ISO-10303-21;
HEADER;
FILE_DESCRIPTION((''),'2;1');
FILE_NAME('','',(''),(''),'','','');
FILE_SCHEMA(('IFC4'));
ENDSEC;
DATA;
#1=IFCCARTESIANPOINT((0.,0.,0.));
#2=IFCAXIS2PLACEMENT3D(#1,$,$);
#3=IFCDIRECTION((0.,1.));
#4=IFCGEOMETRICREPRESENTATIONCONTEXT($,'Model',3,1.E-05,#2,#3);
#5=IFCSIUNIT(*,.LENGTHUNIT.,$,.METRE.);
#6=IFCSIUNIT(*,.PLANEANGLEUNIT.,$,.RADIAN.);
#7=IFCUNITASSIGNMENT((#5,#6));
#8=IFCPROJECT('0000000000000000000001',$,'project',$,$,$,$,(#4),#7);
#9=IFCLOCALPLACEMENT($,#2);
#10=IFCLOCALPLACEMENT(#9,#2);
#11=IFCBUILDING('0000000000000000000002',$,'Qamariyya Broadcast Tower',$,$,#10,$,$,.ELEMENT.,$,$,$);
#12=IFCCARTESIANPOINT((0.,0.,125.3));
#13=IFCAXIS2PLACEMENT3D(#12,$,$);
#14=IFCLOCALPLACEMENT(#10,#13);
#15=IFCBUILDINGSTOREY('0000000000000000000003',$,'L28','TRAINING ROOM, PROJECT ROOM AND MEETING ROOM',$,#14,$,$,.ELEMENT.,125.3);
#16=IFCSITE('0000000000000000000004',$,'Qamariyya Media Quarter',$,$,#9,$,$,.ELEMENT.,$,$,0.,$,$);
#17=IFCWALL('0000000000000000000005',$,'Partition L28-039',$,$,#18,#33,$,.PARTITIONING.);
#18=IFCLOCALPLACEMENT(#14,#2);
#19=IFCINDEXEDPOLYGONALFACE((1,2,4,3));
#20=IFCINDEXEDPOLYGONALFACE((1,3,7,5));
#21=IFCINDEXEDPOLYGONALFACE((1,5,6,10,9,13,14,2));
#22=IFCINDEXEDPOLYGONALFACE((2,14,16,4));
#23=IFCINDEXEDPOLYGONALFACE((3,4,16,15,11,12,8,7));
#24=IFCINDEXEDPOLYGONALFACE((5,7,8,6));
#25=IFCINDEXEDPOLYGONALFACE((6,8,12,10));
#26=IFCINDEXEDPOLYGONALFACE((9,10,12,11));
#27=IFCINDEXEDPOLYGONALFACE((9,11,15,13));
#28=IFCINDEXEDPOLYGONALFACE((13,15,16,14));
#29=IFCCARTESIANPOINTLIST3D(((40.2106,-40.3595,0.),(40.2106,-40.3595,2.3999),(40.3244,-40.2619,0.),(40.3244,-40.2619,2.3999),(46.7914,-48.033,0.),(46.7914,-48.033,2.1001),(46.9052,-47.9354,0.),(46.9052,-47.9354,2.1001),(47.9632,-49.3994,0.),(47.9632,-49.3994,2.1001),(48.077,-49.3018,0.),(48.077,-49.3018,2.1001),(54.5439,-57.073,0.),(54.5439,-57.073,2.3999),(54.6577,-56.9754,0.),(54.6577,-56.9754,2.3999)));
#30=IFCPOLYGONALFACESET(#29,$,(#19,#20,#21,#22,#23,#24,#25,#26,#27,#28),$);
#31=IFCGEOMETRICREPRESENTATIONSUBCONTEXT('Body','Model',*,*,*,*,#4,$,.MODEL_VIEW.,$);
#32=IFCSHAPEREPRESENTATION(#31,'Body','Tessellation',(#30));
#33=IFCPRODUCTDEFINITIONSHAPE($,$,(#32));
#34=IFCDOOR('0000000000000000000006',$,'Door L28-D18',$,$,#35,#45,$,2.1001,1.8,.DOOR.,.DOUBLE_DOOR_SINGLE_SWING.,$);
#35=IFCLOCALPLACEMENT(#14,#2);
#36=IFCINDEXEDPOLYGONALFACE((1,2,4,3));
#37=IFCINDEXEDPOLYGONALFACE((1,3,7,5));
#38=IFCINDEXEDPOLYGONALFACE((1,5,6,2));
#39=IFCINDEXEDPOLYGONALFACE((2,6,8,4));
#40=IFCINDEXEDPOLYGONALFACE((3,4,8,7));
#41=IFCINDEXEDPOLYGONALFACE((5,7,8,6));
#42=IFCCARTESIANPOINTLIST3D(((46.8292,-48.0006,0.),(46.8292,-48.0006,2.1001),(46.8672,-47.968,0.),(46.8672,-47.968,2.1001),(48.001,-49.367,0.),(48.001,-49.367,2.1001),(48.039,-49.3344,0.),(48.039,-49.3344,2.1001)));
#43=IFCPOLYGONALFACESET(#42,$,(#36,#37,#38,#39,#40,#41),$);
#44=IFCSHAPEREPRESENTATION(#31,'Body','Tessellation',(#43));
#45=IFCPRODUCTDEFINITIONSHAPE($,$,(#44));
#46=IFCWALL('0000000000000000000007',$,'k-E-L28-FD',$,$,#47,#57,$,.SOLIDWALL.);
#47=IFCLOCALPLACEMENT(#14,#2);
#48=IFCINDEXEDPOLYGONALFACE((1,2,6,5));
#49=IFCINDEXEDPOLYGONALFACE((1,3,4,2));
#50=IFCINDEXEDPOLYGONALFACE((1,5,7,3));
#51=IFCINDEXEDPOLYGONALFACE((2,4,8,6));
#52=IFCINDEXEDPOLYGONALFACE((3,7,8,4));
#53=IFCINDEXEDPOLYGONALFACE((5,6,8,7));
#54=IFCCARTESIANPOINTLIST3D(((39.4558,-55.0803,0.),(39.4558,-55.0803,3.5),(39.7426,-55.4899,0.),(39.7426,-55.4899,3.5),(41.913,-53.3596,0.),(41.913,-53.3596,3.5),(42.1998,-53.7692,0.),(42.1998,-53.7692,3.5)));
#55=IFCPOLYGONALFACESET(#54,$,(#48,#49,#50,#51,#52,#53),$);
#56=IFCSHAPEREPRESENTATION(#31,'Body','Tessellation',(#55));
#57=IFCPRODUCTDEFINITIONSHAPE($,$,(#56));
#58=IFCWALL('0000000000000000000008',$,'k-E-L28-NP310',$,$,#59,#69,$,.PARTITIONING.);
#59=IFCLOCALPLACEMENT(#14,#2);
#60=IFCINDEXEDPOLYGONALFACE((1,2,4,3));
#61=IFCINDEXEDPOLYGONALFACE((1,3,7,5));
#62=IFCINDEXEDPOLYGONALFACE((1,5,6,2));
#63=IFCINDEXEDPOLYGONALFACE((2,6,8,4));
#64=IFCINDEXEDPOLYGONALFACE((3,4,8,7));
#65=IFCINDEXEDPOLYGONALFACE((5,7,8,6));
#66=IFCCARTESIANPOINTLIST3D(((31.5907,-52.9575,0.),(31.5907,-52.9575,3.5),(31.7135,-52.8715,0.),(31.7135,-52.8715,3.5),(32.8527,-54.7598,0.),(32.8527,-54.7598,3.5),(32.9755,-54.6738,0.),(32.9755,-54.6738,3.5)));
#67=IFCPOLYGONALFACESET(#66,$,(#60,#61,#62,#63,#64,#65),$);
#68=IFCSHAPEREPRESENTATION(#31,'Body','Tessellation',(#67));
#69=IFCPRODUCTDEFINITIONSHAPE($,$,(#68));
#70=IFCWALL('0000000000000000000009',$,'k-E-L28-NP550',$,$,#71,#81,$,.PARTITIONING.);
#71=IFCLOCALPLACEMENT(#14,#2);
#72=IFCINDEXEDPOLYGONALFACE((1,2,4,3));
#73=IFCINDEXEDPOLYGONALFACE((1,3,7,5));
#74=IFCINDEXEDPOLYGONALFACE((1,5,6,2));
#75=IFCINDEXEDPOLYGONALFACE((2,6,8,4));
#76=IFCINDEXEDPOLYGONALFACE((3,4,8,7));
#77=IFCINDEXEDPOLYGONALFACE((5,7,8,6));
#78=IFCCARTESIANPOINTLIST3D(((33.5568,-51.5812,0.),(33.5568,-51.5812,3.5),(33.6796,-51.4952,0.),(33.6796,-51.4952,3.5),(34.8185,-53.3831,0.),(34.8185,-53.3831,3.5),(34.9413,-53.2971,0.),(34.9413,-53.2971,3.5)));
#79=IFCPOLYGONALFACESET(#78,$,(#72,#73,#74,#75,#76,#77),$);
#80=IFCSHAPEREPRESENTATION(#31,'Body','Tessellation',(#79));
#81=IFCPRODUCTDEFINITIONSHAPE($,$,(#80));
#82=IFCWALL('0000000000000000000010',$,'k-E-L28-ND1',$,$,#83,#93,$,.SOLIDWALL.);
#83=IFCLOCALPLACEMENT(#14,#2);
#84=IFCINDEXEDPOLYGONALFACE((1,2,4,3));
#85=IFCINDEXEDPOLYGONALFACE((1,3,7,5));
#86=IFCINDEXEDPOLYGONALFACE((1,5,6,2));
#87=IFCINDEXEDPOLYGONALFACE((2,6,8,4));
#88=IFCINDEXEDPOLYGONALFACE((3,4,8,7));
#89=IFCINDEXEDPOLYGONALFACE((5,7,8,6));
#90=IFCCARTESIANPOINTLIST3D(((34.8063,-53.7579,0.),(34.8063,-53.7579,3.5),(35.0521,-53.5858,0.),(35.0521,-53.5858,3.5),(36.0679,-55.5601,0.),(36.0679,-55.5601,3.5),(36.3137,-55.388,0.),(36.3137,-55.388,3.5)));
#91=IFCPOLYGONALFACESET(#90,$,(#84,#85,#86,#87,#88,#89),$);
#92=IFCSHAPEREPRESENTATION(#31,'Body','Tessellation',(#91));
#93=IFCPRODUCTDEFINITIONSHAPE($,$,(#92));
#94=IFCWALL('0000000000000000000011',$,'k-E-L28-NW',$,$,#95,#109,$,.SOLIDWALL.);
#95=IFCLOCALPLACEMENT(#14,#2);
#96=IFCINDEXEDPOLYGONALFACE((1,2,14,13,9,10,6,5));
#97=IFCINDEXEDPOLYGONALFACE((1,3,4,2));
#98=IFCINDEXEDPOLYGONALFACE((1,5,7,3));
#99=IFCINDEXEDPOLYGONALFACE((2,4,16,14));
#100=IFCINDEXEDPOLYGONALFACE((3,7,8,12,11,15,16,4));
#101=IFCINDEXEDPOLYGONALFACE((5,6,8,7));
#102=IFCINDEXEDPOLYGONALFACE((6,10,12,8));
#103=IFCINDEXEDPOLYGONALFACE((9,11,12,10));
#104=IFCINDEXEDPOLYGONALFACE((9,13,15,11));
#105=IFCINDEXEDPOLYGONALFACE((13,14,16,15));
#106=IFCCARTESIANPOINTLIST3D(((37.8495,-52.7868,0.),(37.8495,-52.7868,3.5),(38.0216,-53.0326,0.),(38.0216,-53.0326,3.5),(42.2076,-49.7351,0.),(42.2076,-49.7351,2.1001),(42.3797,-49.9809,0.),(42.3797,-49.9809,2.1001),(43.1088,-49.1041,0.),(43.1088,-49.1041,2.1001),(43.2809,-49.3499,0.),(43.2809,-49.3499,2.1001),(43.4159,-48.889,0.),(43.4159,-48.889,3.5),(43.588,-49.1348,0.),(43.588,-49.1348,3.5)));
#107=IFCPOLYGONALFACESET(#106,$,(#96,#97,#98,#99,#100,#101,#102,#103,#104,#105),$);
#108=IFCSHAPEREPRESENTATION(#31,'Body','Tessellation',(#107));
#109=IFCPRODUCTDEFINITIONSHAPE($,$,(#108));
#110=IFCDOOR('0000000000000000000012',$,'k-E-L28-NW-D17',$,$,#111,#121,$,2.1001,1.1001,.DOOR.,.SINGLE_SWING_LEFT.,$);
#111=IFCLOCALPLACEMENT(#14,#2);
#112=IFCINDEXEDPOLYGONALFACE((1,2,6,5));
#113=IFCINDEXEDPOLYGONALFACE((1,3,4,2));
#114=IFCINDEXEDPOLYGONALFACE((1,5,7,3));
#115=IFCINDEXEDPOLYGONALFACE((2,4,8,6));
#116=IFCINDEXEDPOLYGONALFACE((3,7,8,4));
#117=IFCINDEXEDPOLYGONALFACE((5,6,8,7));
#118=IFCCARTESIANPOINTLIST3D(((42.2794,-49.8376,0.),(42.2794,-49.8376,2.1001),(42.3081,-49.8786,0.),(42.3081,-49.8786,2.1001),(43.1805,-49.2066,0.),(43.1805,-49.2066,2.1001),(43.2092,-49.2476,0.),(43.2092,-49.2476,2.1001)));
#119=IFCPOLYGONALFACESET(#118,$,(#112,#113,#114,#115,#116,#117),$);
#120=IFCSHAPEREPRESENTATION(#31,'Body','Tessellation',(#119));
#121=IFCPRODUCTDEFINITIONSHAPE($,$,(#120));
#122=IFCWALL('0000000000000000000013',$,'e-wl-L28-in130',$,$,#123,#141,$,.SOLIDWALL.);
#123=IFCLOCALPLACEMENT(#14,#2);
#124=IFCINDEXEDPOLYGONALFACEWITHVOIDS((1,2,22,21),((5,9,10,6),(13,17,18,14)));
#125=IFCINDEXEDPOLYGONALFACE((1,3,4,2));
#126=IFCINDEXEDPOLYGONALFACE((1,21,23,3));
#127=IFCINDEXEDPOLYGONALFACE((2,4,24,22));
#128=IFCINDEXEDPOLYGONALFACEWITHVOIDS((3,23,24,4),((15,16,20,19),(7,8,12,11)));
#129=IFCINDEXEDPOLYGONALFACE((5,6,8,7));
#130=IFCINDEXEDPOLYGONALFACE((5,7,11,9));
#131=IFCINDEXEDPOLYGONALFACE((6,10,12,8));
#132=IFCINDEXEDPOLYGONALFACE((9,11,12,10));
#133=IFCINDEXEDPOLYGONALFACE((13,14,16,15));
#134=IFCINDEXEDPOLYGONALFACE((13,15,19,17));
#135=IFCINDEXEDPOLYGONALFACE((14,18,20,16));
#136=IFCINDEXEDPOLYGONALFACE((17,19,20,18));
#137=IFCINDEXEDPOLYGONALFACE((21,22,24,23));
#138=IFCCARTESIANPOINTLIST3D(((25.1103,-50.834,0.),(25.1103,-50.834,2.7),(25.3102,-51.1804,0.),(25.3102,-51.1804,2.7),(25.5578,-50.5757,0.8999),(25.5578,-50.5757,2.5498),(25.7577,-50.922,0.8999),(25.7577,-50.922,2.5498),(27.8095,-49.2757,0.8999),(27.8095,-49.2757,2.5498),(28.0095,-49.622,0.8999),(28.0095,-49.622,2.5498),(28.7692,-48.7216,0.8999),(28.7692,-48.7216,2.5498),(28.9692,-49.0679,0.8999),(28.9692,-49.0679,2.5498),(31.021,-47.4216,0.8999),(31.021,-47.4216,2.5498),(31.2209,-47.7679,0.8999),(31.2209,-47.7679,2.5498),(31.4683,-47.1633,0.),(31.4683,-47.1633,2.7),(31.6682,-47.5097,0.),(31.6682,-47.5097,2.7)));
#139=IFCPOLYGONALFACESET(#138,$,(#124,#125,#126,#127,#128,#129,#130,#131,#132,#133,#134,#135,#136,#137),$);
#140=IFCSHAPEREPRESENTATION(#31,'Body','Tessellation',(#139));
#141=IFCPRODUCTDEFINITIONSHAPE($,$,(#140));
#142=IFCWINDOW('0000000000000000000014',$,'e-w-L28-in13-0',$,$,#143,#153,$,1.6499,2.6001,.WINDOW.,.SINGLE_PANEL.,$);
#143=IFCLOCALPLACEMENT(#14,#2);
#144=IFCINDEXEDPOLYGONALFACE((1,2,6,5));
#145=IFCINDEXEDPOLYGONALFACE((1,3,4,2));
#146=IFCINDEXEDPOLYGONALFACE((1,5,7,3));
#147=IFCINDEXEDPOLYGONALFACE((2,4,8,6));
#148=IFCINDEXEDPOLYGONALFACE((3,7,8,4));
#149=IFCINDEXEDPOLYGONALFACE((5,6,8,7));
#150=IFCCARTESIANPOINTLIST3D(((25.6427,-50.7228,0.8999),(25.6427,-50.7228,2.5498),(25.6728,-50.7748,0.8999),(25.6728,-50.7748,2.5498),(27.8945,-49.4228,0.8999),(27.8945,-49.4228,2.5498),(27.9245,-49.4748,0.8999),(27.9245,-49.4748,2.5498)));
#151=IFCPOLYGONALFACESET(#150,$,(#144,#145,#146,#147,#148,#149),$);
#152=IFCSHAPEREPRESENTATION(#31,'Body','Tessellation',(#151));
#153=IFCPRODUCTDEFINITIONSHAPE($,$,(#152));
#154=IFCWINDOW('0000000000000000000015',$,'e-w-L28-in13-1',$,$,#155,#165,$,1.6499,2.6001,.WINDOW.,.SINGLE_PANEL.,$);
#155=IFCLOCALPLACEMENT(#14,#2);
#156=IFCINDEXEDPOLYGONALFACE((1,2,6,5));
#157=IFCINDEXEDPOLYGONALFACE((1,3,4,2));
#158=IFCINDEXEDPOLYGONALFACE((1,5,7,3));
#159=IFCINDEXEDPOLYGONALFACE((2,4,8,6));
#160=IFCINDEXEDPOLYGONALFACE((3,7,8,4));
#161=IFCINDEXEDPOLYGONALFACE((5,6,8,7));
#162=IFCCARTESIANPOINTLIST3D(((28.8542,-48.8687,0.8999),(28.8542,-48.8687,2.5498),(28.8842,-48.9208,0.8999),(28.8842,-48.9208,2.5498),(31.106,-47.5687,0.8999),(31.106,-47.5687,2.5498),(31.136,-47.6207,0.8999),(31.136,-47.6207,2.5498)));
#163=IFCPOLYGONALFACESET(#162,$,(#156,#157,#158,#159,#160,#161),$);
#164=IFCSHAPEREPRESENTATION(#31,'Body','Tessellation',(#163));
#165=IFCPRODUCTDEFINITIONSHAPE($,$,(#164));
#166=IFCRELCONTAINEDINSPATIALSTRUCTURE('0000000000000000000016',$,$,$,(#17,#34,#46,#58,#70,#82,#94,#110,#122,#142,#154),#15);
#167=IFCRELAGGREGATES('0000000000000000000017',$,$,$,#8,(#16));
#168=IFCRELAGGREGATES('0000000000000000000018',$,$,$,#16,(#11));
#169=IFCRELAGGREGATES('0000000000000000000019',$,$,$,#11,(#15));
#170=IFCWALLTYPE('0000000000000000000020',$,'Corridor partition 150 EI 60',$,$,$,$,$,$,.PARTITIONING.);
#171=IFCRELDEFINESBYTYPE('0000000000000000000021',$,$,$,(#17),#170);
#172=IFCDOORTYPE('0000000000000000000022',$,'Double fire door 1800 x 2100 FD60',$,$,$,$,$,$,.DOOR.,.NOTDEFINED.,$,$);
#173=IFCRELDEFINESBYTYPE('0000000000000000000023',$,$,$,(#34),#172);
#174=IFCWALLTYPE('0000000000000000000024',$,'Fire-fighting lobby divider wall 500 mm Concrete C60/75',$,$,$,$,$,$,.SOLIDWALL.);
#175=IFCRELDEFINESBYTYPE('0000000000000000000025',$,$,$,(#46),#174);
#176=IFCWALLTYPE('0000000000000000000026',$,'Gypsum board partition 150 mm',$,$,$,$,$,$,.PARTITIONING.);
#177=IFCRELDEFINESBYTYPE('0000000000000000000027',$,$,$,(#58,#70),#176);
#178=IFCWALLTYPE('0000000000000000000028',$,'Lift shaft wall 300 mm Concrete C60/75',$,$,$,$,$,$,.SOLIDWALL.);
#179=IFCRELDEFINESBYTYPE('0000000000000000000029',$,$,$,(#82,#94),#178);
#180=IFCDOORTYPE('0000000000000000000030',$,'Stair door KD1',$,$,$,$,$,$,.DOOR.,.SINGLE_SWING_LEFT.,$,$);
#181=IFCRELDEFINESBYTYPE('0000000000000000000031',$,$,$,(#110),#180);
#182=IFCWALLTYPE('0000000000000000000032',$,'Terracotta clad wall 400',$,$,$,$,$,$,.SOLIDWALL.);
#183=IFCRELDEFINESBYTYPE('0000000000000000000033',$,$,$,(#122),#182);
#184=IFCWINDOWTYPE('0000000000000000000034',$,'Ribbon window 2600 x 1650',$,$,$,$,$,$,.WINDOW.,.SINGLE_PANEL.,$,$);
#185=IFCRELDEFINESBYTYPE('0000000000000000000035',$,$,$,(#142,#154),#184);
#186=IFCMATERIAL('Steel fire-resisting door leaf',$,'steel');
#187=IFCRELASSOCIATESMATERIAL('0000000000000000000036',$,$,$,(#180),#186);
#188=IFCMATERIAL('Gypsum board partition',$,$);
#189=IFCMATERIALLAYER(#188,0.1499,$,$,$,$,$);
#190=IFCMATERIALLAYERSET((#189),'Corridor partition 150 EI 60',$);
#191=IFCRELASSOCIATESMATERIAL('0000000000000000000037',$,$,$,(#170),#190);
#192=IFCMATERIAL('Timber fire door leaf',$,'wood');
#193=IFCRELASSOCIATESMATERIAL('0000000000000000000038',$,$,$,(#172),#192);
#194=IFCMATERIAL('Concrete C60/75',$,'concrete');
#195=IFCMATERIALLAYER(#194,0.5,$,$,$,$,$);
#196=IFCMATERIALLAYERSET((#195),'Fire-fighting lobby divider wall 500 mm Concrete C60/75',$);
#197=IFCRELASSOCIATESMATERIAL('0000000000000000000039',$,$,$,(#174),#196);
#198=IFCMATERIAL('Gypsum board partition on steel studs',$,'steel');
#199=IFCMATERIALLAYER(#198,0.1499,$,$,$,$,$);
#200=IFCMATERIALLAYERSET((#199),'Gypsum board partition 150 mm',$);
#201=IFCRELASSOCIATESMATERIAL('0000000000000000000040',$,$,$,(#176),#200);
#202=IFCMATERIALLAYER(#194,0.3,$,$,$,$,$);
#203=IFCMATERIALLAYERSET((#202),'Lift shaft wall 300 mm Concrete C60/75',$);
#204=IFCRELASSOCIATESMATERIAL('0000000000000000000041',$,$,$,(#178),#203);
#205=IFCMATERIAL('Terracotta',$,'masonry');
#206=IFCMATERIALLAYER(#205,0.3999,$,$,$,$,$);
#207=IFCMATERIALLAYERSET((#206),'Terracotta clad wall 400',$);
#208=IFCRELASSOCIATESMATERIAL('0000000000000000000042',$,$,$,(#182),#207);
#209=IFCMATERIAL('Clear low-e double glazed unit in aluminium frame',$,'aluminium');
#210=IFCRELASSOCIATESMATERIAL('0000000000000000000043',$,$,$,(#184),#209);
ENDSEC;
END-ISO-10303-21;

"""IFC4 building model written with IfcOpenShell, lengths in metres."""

from ifc_helpers import new_model, si_unit, direction, frame, frame_2d, origin, place, context, subcontext, project, spatial, rectangle, extrude, material, layer, layer_set, type_object, element, fill, save


model = new_model("IFC4")

# Units and contexts
model_context = context("Model", 3, precision=1e-05, world=origin(), true_north=direction((0.0, 1.0)))
body_context = subcontext(model_context, "Body", "Model", "MODEL_VIEW")
ifc_project = project(units=[si_unit("LENGTHUNIT", "METRE"), si_unit("PLANEANGLEUNIT", "RADIAN")], contexts=[model_context])

# Site, building, storey
site_placement = place(None, origin())
site = spatial("IfcSite", under=ifc_project, at=site_placement, Name="Qamariyya Media Quarter", CompositionType="ELEMENT", RefElevation=0.0)
building_placement = place(site_placement, origin())
building = spatial("IfcBuilding", under=site, at=building_placement, Name="Qamariyya Broadcast Tower", CompositionType="ELEMENT")
storey_placement = place(building_placement, frame((0.0, 0.0, 125.3)))
storey = spatial("IfcBuildingStorey", under=building, at=storey_placement, Name="L28", Description="TRAINING ROOM, PROJECT ROOM AND MEETING ROOM", CompositionType="ELEMENT", Elevation=125.3)

# Shared definitions
ifc_material_1 = material(Name="Steel fire-resisting door leaf", Category="steel")
door_type_1 = type_object("IfcDoorType", Name="Stair door KD1", OperationType="SINGLE_SWING_LEFT", PredefinedType="DOOR", material=ifc_material_1)

# Wall, opening, door
ifc_material_2 = material(Name="Gypsum board partition")
ifc_layer_1 = layer(ifc_material_2, 0.1499)
ifc_layer_set_1 = layer_set([ifc_layer_1], Name="Corridor partition 150 EI 60")
wall_type_1 = type_object("IfcWallType", Name="Corridor partition 150 EI 60", PredefinedType="PARTITIONING", material=ifc_layer_set_1)
wall_1_placement = place(storey_placement, frame((40.2676, -40.3108, 0.0), z_axis=(0.0, 0.0, 1.0), x_axis=(0.650988, -0.759088, 0.0)))
wall_1 = element("IfcWall", 1, at=wall_1_placement, inside=storey, type_object=wall_type_1, Name="Partition L28-039", PredefinedType="PARTITIONING", context=body_context, shape_type="SweptSolid", body=[
    extrude(rectangle(XDim=22.0178, YDim=0.1499, at=frame_2d((11.0088, 0.0))), origin(), (0.0, 0.0, 1.0), 2.3999),
])
opening_1_placement = place(wall_1_placement, frame((10.1089, 0.0, 0.0)))
opening_1 = element("IfcOpeningElement", 2, at=opening_1_placement, cuts=wall_1, PredefinedType="OPENING", context=body_context, shape_type="SweptSolid", body=[
    extrude(rectangle(XDim=1.8, YDim=2.1001, at=frame_2d((0.8999, 1.05))), frame((0.0, 0.085, 0.0), z_axis=(0.0, -1.0, 0.0), x_axis=(1.0, 0.0, 0.0)), (0.0, 0.0, 1.0), 0.1699),
])
ifc_material_3 = material(Name="Timber fire door leaf", Category="wood")
door_type_2 = type_object("IfcDoorType", Name="Double fire door 1800 x 2100 FD60", OperationType="NOTDEFINED", PredefinedType="DOOR", material=ifc_material_3)
door_1_placement = place(opening_1_placement, origin())
door_1 = element("IfcDoor", 3, at=door_1_placement, inside=storey, type_object=door_type_2, Name="Door L28-D18", OperationType="DOUBLE_DOOR_SINGLE_SWING", OverallHeight=2.1001, OverallWidth=1.8, PredefinedType="DOOR", context=body_context, shape_type="SweptSolid", body=[
    extrude(rectangle(XDim=1.8, YDim=2.1001, at=frame_2d((0.8999, 1.05))), frame((0.0, 0.0249, 0.0), z_axis=(0.0, -1.0, 0.0), x_axis=(1.0, 0.0, 0.0)), (0.0, 0.0, 1.0), 0.05),
])
fill(opening_1, door_1)

# Walls
ifc_material_4 = material(Name="Concrete C60/75", Category="concrete")
ifc_layer_2 = layer(ifc_material_4, 0.5)
ifc_layer_set_2 = layer_set([ifc_layer_2], Name="Fire-fighting lobby divider wall 500 mm Concrete C60/75")
wall_type_2 = type_object("IfcWallType", Name="Fire-fighting lobby divider wall 500 mm Concrete C60/75", PredefinedType="SOLIDWALL", material=ifc_layer_set_2)
wall_2_placement = place(storey_placement, frame((39.5991, -55.2852, 0.0), z_axis=(0.0, 0.0, 1.0), x_axis=(0.819136, 0.573599, 0.0)))
element("IfcWall", 4, at=wall_2_placement, inside=storey, type_object=wall_type_2, Name="k-E-L28-FD", PredefinedType="SOLIDWALL", context=body_context, shape_type="SweptSolid", body=[
    extrude(rectangle(XDim=2.9998, YDim=0.5, at=frame_2d((1.5, 0.0))), origin(), (0.0, 0.0, 1.0), 3.5),
])
ifc_material_5 = material(Name="Gypsum board partition on steel studs", Category="steel")
ifc_layer_3 = layer(ifc_material_5, 0.1499)
ifc_layer_set_3 = layer_set([ifc_layer_3], Name="Gypsum board partition 150 mm")
wall_type_3 = type_object("IfcWallType", Name="Gypsum board partition 150 mm", PredefinedType="PARTITIONING", material=ifc_layer_set_3)
wall_3_placement = place(storey_placement, frame((32.9141, -54.7168, 0.0), z_axis=(0.0, 0.0, 1.0), x_axis=(-0.573581, 0.819149, 0.0)))
element("IfcWall", 5, at=wall_3_placement, inside=storey, type_object=wall_type_3, Name="k-E-L28-NP310", PredefinedType="PARTITIONING", context=body_context, shape_type="SweptSolid", body=[
    extrude(rectangle(XDim=2.2002, YDim=0.1499, at=frame_2d((1.1001, 0.0))), origin(), (0.0, 0.0, 1.0), 3.5),
])
wall_4_placement = place(storey_placement, frame((34.8799, -53.3401, 0.0), z_axis=(0.0, 0.0, 1.0), x_axis=(-0.573559, 0.819164, 0.0)))
element("IfcWall", 6, at=wall_4_placement, inside=storey, type_object=wall_type_3, Name="k-E-L28-NP550", PredefinedType="PARTITIONING", context=body_context, shape_type="SweptSolid", body=[
    extrude(rectangle(XDim=2.1997, YDim=0.1499, at=frame_2d((1.0999, 0.0))), origin(), (0.0, 0.0, 1.0), 3.5),
])
ifc_layer_4 = layer(ifc_material_4, 0.3)
ifc_layer_set_4 = layer_set([ifc_layer_4], Name="Lift shaft wall 300 mm Concrete C60/75")
wall_type_4 = type_object("IfcWallType", Name="Lift shaft wall 300 mm Concrete C60/75", PredefinedType="SOLIDWALL", material=ifc_layer_set_4)
wall_5_placement = place(storey_placement, frame((36.1909, -55.4741, 0.0), z_axis=(0.0, 0.0, 1.0), x_axis=(-0.573507, 0.819201, 0.0)))
element("IfcWall", 7, at=wall_5_placement, inside=storey, type_object=wall_type_4, Name="k-E-L28-ND1", PredefinedType="SOLIDWALL", context=body_context, shape_type="SweptSolid", body=[
    extrude(rectangle(XDim=2.2, YDim=0.3, at=frame_2d((1.1001, 0.0))), origin(), (0.0, 0.0, 1.0), 3.5),
])

# Wall, opening, door
wall_6_placement = place(storey_placement, frame((37.9355, -52.9097, 0.0), z_axis=(0.0, 0.0, 1.0), x_axis=(0.819148, 0.573583, 0.0)))
wall_6 = element("IfcWall", 8, at=wall_6_placement, inside=storey, type_object=wall_type_4, Name="k-E-L28-NW", PredefinedType="SOLIDWALL", context=body_context, shape_type="SweptSolid", body=[
    extrude(rectangle(XDim=6.7954, YDim=0.3, at=frame_2d((3.3977, 0.0))), origin(), (0.0, 0.0, 1.0), 3.5),
])
opening_2_placement = place(wall_6_placement, frame((5.3203, 0.0, 0.0)))
opening_2 = element("IfcOpeningElement", 9, at=opening_2_placement, cuts=wall_6, PredefinedType="OPENING", context=body_context, shape_type="SweptSolid", body=[
    extrude(rectangle(XDim=1.1001, YDim=2.1001, at=frame_2d((0.55, 1.05))), frame((0.0, 0.1599, 0.0), z_axis=(0.0, -1.0, 0.0), x_axis=(1.0, 0.0, 0.0)), (0.0, 0.0, 1.0), 0.3201),
])
door_2_placement = place(opening_2_placement, origin())
door_2 = element("IfcDoor", 10, at=door_2_placement, inside=storey, type_object=door_type_1, Name="k-E-L28-NW-D17", OperationType="SINGLE_SWING_LEFT", OverallHeight=2.1001, OverallWidth=1.1001, PredefinedType="DOOR", context=body_context, shape_type="SweptSolid", body=[
    extrude(rectangle(XDim=1.1001, YDim=2.1001, at=frame_2d((0.55, 1.05))), frame((0.0, 0.0249, 0.0), z_axis=(0.0, -1.0, 0.0), x_axis=(1.0, 0.0, 0.0)), (0.0, 0.0, 1.0), 0.05),
])
fill(opening_2, door_2)

# Wall, openings, windows
ifc_material_6 = material(Name="Terracotta", Category="masonry")
ifc_layer_5 = layer(ifc_material_6, 0.3999)
ifc_layer_set_5 = layer_set([ifc_layer_5], Name="Terracotta clad wall 400")
wall_type_5 = type_object("IfcWallType", Name="Terracotta clad wall 400", PredefinedType="SOLIDWALL", material=ifc_layer_set_5)
wall_7_placement = place(storey_placement, frame((31.5684, -47.3364, 0.0), z_axis=(0.0, 0.0, 1.0), x_axis=(-0.866031, -0.499991, 0.0)))
wall_7 = element("IfcWall", 11, at=wall_7_placement, inside=storey, type_object=wall_type_5, Name="e-wl-L28-in130", PredefinedType="SOLIDWALL", context=body_context, shape_type="SweptSolid", body=[
    extrude(rectangle(XDim=7.3416, YDim=0.3999, at=frame_2d((3.6709, 0.0))), origin(), (0.0, 0.0, 1.0), 2.7),
])
opening_3_placement = place(wall_7_placement, frame((4.2249, 0.0, 0.8999)))
opening_3 = element("IfcOpeningElement", 12, at=opening_3_placement, cuts=wall_7, PredefinedType="OPENING", context=body_context, shape_type="SweptSolid", body=[
    extrude(rectangle(XDim=2.6001, YDim=1.6499, at=frame_2d((1.3, 0.825))), frame((0.0, 0.21, 0.0), z_axis=(0.0, -1.0, 0.0), x_axis=(1.0, 0.0, 0.0)), (0.0, 0.0, 1.0), 0.4199),
])
opening_4_placement = place(wall_7_placement, frame((0.5166, 0.0, 0.8999)))
opening_4 = element("IfcOpeningElement", 13, at=opening_4_placement, cuts=wall_7, PredefinedType="OPENING", context=body_context, shape_type="SweptSolid", body=[
    extrude(rectangle(XDim=2.6001, YDim=1.6499, at=frame_2d((1.3, 0.825))), frame((0.0, 0.21, 0.0), z_axis=(0.0, -1.0, 0.0), x_axis=(1.0, 0.0, 0.0)), (0.0, 0.0, 1.0), 0.4199),
])
ifc_material_7 = material(Name="Clear low-e double glazed unit in aluminium frame", Category="aluminium")
window_type = type_object("IfcWindowType", Name="Ribbon window 2600 x 1650", PartitioningType="SINGLE_PANEL", PredefinedType="WINDOW", material=ifc_material_7)
window_1_placement = place(opening_3_placement, origin())
window_1 = element("IfcWindow", 14, at=window_1_placement, inside=storey, type_object=window_type, Name="e-w-L28-in13-0", OverallHeight=1.6499, OverallWidth=2.6001, PartitioningType="SINGLE_PANEL", PredefinedType="WINDOW", context=body_context, shape_type="SweptSolid", body=[
    extrude(rectangle(XDim=2.6001, YDim=1.6499, at=frame_2d((1.3, 0.825))), frame((0.0, 0.03, 0.0), z_axis=(0.0, -1.0, 0.0), x_axis=(1.0, 0.0, 0.0)), (0.0, 0.0, 1.0), 0.0601),
])
fill(opening_3, window_1)
window_2_placement = place(opening_4_placement, origin())
window_2 = element("IfcWindow", 15, at=window_2_placement, inside=storey, type_object=window_type, Name="e-w-L28-in13-1", OverallHeight=1.6499, OverallWidth=2.6001, PartitioningType="SINGLE_PANEL", PredefinedType="WINDOW", context=body_context, shape_type="SweptSolid", body=[
    extrude(rectangle(XDim=2.6001, YDim=1.6499, at=frame_2d((1.3, 0.825))), frame((0.0, 0.03, 0.0), z_axis=(0.0, -1.0, 0.0), x_axis=(1.0, 0.0, 0.0)), (0.0, 0.0, 1.0), 0.0601),
])
fill(opening_4, window_2)

save(model, "model.ifc")
